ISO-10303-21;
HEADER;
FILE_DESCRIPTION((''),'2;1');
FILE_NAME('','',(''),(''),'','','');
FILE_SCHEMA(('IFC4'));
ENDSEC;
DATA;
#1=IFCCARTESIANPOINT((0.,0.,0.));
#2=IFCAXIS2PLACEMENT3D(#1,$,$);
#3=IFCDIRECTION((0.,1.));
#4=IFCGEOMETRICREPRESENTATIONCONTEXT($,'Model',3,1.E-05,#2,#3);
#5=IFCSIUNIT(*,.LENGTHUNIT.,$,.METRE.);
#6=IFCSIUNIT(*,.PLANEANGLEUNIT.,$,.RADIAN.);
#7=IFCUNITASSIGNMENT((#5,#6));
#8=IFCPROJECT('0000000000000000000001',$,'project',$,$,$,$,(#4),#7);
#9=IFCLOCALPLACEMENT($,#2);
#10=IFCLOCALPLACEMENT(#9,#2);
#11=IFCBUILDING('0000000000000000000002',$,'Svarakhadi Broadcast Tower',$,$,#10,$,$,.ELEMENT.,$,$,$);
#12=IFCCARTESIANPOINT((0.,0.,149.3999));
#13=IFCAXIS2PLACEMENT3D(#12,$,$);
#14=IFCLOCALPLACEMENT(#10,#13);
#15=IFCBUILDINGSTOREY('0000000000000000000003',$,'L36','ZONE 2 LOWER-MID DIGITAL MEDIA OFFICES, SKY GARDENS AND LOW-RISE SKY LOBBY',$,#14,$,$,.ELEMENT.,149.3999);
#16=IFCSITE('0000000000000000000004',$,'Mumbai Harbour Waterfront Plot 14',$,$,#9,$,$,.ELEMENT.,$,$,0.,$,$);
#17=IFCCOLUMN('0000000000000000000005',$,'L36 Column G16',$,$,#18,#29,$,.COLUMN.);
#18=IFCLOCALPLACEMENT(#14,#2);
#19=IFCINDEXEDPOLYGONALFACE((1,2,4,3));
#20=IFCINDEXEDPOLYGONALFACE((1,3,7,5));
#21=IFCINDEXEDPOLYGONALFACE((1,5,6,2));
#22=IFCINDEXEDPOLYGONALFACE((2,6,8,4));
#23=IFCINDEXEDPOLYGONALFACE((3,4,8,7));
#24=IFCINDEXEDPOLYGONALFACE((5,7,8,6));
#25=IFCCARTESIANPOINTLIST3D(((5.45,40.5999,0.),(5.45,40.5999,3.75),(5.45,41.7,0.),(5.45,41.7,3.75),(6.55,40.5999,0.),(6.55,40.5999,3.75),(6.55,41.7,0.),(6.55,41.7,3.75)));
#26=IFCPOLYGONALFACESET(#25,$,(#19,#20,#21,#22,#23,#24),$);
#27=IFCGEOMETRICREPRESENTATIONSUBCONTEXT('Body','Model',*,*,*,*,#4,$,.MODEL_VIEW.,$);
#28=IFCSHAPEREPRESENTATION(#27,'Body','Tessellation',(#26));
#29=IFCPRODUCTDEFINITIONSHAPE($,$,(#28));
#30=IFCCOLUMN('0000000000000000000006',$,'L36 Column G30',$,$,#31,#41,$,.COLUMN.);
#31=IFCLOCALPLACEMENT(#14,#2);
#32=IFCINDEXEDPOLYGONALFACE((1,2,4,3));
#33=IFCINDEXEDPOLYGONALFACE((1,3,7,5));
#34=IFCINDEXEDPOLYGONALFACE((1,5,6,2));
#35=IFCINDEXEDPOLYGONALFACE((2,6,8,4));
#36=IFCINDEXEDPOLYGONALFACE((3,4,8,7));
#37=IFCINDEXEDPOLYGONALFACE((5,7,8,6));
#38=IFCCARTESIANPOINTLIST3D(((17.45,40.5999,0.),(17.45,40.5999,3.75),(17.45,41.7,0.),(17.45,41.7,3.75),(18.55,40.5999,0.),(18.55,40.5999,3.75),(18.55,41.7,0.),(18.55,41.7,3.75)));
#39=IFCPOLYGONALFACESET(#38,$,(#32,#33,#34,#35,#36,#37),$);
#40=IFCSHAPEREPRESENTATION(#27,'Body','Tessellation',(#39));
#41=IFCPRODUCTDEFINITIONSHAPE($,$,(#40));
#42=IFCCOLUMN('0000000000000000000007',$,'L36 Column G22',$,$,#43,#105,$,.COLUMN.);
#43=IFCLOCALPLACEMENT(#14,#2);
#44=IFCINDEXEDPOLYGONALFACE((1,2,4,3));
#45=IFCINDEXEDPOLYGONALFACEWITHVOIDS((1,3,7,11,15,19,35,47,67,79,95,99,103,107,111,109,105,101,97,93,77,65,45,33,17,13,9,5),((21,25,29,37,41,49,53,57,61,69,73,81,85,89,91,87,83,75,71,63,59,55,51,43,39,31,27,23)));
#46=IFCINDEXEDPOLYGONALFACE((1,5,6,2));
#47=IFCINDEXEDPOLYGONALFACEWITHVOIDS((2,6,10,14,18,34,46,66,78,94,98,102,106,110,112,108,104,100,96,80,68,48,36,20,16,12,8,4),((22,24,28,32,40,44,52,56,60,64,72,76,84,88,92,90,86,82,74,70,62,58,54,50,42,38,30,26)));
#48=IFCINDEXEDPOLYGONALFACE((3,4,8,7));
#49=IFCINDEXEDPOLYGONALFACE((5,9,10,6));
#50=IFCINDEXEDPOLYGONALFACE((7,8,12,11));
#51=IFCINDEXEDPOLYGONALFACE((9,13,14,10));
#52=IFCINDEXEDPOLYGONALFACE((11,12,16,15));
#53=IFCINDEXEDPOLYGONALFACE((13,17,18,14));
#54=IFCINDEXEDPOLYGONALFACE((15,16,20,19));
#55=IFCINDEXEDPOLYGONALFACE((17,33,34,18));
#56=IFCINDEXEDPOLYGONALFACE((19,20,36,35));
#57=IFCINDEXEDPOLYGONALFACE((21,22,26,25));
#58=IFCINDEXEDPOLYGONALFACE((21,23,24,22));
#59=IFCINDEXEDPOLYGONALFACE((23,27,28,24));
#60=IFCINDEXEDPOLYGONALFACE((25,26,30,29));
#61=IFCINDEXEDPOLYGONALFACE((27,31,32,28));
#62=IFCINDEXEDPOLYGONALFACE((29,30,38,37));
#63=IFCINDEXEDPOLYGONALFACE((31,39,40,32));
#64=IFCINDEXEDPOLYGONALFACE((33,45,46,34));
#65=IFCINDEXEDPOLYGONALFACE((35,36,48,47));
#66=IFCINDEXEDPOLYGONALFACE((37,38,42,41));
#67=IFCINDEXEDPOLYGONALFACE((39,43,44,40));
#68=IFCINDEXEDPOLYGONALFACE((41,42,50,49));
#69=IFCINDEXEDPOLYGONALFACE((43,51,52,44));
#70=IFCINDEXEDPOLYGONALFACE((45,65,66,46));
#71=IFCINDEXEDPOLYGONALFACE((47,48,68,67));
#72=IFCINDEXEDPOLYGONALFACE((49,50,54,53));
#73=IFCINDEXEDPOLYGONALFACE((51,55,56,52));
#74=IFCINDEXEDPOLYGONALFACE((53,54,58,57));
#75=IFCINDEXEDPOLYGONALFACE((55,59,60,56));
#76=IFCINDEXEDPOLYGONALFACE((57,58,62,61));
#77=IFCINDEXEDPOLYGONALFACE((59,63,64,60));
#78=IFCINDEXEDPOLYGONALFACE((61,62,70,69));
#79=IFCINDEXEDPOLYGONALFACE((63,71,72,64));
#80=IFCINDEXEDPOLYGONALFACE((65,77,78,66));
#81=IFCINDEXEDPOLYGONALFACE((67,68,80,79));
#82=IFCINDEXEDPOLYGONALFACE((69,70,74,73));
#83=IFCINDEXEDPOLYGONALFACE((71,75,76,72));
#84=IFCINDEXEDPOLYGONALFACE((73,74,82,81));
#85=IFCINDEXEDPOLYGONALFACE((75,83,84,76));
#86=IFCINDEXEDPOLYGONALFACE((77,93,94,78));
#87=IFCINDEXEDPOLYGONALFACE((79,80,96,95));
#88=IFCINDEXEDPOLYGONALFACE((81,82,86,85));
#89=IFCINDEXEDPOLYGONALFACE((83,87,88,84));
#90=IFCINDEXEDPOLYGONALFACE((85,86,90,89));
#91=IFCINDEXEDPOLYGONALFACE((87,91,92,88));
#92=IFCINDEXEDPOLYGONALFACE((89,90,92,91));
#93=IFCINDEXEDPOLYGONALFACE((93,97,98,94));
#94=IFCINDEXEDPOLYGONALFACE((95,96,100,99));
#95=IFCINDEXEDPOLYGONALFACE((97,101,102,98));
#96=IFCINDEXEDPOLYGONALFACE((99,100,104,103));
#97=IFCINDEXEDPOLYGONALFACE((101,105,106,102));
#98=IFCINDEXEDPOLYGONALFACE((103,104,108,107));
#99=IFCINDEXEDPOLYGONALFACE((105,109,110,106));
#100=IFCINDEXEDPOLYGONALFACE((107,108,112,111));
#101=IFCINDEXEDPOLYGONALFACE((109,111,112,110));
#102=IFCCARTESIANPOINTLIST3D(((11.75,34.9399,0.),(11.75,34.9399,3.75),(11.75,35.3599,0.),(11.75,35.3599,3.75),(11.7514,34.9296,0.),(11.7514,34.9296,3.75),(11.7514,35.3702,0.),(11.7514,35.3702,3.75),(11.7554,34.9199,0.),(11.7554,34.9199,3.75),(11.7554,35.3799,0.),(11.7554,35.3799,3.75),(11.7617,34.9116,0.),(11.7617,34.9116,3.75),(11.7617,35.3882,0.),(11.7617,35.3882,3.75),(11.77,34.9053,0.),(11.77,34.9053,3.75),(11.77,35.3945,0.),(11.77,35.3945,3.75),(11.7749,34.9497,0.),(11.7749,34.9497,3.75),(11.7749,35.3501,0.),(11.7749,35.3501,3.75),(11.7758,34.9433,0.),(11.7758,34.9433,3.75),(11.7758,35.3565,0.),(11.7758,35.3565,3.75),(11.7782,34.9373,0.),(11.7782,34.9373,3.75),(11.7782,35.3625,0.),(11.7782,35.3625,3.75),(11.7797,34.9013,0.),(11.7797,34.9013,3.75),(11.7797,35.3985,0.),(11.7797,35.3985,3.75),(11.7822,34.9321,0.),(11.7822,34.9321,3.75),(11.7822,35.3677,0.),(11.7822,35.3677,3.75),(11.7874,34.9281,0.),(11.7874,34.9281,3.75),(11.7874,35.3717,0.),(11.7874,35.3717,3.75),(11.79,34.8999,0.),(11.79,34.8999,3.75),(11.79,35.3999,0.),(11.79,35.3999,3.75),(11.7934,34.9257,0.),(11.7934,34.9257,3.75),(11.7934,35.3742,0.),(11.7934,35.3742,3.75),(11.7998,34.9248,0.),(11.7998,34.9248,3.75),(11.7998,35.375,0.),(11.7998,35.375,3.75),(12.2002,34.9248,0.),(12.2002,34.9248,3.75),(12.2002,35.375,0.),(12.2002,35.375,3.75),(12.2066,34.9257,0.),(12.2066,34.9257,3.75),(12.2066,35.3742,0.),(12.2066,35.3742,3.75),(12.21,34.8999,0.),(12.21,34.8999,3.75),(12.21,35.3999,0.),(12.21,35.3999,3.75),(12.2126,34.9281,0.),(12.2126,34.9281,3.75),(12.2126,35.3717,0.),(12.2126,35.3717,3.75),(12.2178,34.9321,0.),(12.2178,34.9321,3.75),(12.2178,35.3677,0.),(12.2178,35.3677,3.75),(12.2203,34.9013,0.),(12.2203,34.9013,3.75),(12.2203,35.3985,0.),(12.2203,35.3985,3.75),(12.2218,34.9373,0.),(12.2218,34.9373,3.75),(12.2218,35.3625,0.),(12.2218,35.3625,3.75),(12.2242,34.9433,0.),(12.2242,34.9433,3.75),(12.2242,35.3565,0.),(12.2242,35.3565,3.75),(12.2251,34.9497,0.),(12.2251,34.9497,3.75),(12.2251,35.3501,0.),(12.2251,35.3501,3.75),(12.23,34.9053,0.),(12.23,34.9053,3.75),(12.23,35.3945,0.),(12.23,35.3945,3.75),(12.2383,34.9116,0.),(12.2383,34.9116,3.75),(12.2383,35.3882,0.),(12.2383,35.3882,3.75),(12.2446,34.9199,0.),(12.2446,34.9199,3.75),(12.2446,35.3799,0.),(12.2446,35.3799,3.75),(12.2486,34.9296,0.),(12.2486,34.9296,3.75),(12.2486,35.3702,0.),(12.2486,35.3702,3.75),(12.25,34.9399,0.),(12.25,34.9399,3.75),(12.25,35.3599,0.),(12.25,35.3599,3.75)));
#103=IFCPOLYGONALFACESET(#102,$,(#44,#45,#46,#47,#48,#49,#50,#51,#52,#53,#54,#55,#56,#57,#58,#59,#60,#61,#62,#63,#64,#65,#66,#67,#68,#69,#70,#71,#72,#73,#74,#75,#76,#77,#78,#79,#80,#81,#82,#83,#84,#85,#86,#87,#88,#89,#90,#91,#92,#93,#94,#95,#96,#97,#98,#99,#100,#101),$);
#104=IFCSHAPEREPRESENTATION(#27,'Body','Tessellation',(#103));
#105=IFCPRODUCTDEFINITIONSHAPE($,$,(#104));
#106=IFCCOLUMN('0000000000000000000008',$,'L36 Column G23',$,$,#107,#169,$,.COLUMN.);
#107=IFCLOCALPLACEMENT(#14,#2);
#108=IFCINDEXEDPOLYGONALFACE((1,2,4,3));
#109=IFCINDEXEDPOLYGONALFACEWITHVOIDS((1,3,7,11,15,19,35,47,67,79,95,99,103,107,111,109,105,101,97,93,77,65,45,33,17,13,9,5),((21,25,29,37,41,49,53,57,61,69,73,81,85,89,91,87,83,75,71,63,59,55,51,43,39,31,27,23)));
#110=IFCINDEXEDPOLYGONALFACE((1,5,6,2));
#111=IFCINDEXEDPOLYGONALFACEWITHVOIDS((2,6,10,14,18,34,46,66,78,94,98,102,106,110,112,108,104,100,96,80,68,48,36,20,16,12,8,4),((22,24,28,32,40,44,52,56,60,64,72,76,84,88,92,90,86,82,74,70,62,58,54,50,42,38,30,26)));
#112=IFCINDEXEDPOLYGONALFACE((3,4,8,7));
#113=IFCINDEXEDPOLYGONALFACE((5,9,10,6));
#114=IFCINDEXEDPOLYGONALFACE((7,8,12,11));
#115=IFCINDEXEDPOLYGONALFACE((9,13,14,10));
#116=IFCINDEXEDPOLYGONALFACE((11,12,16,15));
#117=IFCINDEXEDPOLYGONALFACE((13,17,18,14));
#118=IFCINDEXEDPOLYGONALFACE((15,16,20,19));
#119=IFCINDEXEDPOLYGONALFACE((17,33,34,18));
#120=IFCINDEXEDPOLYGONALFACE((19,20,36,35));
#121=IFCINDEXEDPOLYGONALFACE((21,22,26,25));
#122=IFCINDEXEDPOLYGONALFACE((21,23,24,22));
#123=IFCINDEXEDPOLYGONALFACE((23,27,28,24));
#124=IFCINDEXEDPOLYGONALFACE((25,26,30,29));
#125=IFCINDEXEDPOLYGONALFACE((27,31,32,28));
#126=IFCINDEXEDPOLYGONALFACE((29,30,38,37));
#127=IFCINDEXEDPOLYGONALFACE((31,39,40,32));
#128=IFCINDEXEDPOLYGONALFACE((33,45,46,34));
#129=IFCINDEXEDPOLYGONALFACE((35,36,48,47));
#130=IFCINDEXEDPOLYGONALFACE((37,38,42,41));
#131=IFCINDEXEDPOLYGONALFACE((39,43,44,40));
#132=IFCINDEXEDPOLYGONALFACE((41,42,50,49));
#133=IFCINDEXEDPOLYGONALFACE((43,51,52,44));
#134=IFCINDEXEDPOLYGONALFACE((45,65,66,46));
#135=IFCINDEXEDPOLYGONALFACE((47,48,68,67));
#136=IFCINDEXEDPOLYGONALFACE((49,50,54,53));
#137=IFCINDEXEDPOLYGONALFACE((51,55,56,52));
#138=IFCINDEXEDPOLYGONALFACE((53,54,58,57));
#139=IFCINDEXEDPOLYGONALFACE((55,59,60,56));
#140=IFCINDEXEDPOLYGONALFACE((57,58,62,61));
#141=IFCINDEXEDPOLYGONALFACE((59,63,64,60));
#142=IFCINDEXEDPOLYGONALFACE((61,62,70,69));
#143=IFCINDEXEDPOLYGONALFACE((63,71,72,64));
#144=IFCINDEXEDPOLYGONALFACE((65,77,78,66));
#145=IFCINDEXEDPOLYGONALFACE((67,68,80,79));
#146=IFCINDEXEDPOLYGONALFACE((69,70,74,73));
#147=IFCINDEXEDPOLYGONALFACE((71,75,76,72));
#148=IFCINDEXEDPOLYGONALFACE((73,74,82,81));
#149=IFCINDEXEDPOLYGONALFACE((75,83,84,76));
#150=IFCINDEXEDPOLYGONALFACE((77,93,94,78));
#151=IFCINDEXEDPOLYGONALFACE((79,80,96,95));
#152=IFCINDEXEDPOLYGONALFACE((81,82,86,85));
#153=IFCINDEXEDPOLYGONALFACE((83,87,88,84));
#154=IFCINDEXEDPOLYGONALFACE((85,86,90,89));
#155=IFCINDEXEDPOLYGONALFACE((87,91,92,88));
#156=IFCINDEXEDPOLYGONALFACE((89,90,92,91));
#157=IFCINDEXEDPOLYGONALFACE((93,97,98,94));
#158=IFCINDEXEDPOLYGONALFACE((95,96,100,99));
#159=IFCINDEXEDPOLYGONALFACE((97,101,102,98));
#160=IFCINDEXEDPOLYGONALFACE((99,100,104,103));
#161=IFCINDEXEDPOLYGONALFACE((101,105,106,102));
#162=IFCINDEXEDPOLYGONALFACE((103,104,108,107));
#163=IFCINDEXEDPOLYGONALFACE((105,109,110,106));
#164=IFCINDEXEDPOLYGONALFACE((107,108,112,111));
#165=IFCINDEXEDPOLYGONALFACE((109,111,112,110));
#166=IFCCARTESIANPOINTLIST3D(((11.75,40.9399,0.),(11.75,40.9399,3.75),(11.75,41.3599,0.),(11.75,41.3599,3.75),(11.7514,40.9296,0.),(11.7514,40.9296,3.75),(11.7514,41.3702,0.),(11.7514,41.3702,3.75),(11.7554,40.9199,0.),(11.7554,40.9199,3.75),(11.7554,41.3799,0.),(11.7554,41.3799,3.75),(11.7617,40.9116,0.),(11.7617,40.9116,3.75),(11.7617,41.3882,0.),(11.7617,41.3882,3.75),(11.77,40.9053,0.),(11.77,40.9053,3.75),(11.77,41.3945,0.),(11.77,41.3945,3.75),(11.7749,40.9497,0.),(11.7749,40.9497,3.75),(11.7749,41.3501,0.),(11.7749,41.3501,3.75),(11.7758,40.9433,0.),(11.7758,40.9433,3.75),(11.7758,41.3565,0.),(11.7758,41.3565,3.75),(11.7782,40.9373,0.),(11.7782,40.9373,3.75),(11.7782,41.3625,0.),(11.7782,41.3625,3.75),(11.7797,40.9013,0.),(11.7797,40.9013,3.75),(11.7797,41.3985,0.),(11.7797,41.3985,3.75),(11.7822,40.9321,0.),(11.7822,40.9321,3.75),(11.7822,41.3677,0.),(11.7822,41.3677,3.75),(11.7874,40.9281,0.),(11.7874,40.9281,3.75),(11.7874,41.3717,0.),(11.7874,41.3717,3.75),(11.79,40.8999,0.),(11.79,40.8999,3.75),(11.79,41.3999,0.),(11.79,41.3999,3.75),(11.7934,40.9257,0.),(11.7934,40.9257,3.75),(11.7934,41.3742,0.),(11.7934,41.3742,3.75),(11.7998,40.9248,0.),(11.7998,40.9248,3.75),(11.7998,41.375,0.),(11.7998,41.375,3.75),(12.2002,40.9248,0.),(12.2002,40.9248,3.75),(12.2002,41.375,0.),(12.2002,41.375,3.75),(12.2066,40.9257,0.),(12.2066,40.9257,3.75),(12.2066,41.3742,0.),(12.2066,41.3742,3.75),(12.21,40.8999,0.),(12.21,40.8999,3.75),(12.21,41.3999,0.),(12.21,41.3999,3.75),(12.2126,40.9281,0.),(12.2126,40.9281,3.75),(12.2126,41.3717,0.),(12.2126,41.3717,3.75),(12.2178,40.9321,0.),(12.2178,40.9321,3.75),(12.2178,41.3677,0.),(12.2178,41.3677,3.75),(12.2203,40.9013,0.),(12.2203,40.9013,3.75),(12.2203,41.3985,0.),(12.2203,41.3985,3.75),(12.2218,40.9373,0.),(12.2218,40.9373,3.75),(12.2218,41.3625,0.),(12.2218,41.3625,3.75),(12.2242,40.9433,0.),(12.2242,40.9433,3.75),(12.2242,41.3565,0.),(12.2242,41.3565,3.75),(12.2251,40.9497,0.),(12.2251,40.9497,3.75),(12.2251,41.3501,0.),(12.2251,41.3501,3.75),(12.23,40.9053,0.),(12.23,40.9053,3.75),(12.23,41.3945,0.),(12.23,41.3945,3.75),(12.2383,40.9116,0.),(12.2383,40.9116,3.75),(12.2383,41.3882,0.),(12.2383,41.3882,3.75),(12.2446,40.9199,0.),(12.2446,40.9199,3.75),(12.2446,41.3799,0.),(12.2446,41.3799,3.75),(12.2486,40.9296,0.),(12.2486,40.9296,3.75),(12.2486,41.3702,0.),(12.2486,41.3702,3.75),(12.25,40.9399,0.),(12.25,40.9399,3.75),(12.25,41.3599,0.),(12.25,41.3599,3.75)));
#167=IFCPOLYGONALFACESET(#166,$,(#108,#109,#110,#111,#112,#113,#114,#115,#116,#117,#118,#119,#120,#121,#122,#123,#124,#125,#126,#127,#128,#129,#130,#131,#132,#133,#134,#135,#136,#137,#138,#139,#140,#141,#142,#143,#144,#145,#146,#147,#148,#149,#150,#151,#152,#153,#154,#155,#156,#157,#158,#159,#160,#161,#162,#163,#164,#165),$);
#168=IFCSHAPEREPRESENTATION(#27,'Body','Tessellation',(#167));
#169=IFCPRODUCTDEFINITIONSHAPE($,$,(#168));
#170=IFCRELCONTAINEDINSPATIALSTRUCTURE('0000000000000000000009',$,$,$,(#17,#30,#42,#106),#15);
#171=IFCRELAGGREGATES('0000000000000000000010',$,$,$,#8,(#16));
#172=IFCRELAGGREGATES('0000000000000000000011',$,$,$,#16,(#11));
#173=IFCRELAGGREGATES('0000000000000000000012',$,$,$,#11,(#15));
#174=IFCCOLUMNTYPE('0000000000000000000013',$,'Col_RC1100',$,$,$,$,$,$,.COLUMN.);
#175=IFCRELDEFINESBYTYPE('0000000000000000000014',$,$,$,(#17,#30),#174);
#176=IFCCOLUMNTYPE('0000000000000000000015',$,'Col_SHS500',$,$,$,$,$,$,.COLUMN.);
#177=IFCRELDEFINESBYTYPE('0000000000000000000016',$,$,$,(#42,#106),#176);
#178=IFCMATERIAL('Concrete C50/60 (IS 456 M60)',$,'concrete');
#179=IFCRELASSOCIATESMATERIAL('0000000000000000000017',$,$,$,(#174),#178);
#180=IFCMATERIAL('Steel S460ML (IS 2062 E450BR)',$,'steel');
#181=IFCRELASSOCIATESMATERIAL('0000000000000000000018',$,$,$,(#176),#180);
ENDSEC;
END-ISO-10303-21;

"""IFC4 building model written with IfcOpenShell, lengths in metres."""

from ifc_helpers import new_model, si_unit, direction, frame, origin, origin_2d, place, context, subcontext, project, spatial, rectangle, hollow_rectangle, extrude, material, material_profile, profile_set, type_object, element, save


model = new_model("IFC4")

# Units and contexts
model_context = context("Model", 3, precision=1e-05, world=origin(), true_north=direction((0.0, 1.0)))
body_context = subcontext(model_context, "Body", "Model", "MODEL_VIEW")
ifc_project = project(units=[si_unit("LENGTHUNIT", "METRE"), si_unit("PLANEANGLEUNIT", "RADIAN")], contexts=[model_context])

# Site, building, storey
site_placement = place(None, origin())
site = spatial("IfcSite", under=ifc_project, at=site_placement, Name="Mumbai Harbour Waterfront Plot 14", CompositionType="ELEMENT", RefElevation=0.0)
building_placement = place(site_placement, origin())
building = spatial("IfcBuilding", under=site, at=building_placement, Name="Svarakhadi Broadcast Tower", CompositionType="ELEMENT")
storey_placement = place(building_placement, frame((0.0, 0.0, 149.3999)))
storey = spatial("IfcBuildingStorey", under=building, at=storey_placement, Name="L36", Description="ZONE 2 LOWER-MID DIGITAL MEDIA OFFICES, SKY GARDENS AND LOW-RISE SKY LOBBY", CompositionType="ELEMENT", Elevation=149.3999)

# Columns
ifc_material_1 = material(Name="Concrete C50/60 (IS 456 M60)", Category="concrete")
ifc_material_profile_1 = material_profile(ifc_material_1, rectangle(XDim=1.1001, YDim=1.1001, at=origin_2d()), Name="RC 1100x1100")
ifc_profile_set_1 = profile_set([ifc_material_profile_1], Name="Concrete C50/60 (IS 456 M60)")
column_type_1 = type_object("IfcColumnType", Name="Col_RC1100", PredefinedType="COLUMN", material=ifc_profile_set_1)
for number, where, z_axis, x_axis, name in (
    (1, (6.0, 41.1499, 0.0), (0.0, 0.0, 1.0), (1.0, 0.0, 0.0), "L36 Column G16"),
    (2, (18.0, 41.1499, 0.0), (0.0, 0.0, 1.0), (1.0, 0.0, 0.0), "L36 Column G30"),
):
    element("IfcColumn", number, at=place(storey_placement, frame(where, z_axis=z_axis, x_axis=x_axis)), inside=storey, type_object=column_type_1, Name=name, PredefinedType="COLUMN", context=body_context, shape_type="SweptSolid", body=[
        extrude(rectangle(XDim=1.1001, YDim=1.1001, at=origin_2d()), origin(), (0.0, 0.0, 1.0), 3.75),
    ])
ifc_material_2 = material(Name="Steel S460ML (IS 2062 E450BR)", Category="steel")
ifc_material_profile_2 = material_profile(ifc_material_2, hollow_rectangle(XDim=0.5, YDim=0.5, WallThickness=0.0249, InnerFilletRadius=0.0249, OuterFilletRadius=0.04, at=origin_2d()), Name="SHS 500x500x25")
ifc_profile_set_2 = profile_set([ifc_material_profile_2], Name="Steel S460ML (IS 2062 E450BR)")
column_type_2 = type_object("IfcColumnType", Name="Col_SHS500", PredefinedType="COLUMN", material=ifc_profile_set_2)
for number, where, z_axis, x_axis, name in (
    (3, (12.0, 35.1499, 0.0), (0.0, 0.0, 1.0), (1.0, 0.0, 0.0), "L36 Column G22"),
    (4, (12.0, 41.1499, 0.0), (0.0, 0.0, 1.0), (1.0, 0.0, 0.0), "L36 Column G23"),
):
    element("IfcColumn", number, at=place(storey_placement, frame(where, z_axis=z_axis, x_axis=x_axis)), inside=storey, type_object=column_type_2, Name=name, PredefinedType="COLUMN", context=body_context, shape_type="SweptSolid", body=[
        extrude(hollow_rectangle(XDim=0.5, YDim=0.5, WallThickness=0.0249, InnerFilletRadius=0.0249, OuterFilletRadius=0.04, at=origin_2d()), origin(), (0.0, 0.0, 1.0), 3.75),
    ])

save(model, "model.ifc")
